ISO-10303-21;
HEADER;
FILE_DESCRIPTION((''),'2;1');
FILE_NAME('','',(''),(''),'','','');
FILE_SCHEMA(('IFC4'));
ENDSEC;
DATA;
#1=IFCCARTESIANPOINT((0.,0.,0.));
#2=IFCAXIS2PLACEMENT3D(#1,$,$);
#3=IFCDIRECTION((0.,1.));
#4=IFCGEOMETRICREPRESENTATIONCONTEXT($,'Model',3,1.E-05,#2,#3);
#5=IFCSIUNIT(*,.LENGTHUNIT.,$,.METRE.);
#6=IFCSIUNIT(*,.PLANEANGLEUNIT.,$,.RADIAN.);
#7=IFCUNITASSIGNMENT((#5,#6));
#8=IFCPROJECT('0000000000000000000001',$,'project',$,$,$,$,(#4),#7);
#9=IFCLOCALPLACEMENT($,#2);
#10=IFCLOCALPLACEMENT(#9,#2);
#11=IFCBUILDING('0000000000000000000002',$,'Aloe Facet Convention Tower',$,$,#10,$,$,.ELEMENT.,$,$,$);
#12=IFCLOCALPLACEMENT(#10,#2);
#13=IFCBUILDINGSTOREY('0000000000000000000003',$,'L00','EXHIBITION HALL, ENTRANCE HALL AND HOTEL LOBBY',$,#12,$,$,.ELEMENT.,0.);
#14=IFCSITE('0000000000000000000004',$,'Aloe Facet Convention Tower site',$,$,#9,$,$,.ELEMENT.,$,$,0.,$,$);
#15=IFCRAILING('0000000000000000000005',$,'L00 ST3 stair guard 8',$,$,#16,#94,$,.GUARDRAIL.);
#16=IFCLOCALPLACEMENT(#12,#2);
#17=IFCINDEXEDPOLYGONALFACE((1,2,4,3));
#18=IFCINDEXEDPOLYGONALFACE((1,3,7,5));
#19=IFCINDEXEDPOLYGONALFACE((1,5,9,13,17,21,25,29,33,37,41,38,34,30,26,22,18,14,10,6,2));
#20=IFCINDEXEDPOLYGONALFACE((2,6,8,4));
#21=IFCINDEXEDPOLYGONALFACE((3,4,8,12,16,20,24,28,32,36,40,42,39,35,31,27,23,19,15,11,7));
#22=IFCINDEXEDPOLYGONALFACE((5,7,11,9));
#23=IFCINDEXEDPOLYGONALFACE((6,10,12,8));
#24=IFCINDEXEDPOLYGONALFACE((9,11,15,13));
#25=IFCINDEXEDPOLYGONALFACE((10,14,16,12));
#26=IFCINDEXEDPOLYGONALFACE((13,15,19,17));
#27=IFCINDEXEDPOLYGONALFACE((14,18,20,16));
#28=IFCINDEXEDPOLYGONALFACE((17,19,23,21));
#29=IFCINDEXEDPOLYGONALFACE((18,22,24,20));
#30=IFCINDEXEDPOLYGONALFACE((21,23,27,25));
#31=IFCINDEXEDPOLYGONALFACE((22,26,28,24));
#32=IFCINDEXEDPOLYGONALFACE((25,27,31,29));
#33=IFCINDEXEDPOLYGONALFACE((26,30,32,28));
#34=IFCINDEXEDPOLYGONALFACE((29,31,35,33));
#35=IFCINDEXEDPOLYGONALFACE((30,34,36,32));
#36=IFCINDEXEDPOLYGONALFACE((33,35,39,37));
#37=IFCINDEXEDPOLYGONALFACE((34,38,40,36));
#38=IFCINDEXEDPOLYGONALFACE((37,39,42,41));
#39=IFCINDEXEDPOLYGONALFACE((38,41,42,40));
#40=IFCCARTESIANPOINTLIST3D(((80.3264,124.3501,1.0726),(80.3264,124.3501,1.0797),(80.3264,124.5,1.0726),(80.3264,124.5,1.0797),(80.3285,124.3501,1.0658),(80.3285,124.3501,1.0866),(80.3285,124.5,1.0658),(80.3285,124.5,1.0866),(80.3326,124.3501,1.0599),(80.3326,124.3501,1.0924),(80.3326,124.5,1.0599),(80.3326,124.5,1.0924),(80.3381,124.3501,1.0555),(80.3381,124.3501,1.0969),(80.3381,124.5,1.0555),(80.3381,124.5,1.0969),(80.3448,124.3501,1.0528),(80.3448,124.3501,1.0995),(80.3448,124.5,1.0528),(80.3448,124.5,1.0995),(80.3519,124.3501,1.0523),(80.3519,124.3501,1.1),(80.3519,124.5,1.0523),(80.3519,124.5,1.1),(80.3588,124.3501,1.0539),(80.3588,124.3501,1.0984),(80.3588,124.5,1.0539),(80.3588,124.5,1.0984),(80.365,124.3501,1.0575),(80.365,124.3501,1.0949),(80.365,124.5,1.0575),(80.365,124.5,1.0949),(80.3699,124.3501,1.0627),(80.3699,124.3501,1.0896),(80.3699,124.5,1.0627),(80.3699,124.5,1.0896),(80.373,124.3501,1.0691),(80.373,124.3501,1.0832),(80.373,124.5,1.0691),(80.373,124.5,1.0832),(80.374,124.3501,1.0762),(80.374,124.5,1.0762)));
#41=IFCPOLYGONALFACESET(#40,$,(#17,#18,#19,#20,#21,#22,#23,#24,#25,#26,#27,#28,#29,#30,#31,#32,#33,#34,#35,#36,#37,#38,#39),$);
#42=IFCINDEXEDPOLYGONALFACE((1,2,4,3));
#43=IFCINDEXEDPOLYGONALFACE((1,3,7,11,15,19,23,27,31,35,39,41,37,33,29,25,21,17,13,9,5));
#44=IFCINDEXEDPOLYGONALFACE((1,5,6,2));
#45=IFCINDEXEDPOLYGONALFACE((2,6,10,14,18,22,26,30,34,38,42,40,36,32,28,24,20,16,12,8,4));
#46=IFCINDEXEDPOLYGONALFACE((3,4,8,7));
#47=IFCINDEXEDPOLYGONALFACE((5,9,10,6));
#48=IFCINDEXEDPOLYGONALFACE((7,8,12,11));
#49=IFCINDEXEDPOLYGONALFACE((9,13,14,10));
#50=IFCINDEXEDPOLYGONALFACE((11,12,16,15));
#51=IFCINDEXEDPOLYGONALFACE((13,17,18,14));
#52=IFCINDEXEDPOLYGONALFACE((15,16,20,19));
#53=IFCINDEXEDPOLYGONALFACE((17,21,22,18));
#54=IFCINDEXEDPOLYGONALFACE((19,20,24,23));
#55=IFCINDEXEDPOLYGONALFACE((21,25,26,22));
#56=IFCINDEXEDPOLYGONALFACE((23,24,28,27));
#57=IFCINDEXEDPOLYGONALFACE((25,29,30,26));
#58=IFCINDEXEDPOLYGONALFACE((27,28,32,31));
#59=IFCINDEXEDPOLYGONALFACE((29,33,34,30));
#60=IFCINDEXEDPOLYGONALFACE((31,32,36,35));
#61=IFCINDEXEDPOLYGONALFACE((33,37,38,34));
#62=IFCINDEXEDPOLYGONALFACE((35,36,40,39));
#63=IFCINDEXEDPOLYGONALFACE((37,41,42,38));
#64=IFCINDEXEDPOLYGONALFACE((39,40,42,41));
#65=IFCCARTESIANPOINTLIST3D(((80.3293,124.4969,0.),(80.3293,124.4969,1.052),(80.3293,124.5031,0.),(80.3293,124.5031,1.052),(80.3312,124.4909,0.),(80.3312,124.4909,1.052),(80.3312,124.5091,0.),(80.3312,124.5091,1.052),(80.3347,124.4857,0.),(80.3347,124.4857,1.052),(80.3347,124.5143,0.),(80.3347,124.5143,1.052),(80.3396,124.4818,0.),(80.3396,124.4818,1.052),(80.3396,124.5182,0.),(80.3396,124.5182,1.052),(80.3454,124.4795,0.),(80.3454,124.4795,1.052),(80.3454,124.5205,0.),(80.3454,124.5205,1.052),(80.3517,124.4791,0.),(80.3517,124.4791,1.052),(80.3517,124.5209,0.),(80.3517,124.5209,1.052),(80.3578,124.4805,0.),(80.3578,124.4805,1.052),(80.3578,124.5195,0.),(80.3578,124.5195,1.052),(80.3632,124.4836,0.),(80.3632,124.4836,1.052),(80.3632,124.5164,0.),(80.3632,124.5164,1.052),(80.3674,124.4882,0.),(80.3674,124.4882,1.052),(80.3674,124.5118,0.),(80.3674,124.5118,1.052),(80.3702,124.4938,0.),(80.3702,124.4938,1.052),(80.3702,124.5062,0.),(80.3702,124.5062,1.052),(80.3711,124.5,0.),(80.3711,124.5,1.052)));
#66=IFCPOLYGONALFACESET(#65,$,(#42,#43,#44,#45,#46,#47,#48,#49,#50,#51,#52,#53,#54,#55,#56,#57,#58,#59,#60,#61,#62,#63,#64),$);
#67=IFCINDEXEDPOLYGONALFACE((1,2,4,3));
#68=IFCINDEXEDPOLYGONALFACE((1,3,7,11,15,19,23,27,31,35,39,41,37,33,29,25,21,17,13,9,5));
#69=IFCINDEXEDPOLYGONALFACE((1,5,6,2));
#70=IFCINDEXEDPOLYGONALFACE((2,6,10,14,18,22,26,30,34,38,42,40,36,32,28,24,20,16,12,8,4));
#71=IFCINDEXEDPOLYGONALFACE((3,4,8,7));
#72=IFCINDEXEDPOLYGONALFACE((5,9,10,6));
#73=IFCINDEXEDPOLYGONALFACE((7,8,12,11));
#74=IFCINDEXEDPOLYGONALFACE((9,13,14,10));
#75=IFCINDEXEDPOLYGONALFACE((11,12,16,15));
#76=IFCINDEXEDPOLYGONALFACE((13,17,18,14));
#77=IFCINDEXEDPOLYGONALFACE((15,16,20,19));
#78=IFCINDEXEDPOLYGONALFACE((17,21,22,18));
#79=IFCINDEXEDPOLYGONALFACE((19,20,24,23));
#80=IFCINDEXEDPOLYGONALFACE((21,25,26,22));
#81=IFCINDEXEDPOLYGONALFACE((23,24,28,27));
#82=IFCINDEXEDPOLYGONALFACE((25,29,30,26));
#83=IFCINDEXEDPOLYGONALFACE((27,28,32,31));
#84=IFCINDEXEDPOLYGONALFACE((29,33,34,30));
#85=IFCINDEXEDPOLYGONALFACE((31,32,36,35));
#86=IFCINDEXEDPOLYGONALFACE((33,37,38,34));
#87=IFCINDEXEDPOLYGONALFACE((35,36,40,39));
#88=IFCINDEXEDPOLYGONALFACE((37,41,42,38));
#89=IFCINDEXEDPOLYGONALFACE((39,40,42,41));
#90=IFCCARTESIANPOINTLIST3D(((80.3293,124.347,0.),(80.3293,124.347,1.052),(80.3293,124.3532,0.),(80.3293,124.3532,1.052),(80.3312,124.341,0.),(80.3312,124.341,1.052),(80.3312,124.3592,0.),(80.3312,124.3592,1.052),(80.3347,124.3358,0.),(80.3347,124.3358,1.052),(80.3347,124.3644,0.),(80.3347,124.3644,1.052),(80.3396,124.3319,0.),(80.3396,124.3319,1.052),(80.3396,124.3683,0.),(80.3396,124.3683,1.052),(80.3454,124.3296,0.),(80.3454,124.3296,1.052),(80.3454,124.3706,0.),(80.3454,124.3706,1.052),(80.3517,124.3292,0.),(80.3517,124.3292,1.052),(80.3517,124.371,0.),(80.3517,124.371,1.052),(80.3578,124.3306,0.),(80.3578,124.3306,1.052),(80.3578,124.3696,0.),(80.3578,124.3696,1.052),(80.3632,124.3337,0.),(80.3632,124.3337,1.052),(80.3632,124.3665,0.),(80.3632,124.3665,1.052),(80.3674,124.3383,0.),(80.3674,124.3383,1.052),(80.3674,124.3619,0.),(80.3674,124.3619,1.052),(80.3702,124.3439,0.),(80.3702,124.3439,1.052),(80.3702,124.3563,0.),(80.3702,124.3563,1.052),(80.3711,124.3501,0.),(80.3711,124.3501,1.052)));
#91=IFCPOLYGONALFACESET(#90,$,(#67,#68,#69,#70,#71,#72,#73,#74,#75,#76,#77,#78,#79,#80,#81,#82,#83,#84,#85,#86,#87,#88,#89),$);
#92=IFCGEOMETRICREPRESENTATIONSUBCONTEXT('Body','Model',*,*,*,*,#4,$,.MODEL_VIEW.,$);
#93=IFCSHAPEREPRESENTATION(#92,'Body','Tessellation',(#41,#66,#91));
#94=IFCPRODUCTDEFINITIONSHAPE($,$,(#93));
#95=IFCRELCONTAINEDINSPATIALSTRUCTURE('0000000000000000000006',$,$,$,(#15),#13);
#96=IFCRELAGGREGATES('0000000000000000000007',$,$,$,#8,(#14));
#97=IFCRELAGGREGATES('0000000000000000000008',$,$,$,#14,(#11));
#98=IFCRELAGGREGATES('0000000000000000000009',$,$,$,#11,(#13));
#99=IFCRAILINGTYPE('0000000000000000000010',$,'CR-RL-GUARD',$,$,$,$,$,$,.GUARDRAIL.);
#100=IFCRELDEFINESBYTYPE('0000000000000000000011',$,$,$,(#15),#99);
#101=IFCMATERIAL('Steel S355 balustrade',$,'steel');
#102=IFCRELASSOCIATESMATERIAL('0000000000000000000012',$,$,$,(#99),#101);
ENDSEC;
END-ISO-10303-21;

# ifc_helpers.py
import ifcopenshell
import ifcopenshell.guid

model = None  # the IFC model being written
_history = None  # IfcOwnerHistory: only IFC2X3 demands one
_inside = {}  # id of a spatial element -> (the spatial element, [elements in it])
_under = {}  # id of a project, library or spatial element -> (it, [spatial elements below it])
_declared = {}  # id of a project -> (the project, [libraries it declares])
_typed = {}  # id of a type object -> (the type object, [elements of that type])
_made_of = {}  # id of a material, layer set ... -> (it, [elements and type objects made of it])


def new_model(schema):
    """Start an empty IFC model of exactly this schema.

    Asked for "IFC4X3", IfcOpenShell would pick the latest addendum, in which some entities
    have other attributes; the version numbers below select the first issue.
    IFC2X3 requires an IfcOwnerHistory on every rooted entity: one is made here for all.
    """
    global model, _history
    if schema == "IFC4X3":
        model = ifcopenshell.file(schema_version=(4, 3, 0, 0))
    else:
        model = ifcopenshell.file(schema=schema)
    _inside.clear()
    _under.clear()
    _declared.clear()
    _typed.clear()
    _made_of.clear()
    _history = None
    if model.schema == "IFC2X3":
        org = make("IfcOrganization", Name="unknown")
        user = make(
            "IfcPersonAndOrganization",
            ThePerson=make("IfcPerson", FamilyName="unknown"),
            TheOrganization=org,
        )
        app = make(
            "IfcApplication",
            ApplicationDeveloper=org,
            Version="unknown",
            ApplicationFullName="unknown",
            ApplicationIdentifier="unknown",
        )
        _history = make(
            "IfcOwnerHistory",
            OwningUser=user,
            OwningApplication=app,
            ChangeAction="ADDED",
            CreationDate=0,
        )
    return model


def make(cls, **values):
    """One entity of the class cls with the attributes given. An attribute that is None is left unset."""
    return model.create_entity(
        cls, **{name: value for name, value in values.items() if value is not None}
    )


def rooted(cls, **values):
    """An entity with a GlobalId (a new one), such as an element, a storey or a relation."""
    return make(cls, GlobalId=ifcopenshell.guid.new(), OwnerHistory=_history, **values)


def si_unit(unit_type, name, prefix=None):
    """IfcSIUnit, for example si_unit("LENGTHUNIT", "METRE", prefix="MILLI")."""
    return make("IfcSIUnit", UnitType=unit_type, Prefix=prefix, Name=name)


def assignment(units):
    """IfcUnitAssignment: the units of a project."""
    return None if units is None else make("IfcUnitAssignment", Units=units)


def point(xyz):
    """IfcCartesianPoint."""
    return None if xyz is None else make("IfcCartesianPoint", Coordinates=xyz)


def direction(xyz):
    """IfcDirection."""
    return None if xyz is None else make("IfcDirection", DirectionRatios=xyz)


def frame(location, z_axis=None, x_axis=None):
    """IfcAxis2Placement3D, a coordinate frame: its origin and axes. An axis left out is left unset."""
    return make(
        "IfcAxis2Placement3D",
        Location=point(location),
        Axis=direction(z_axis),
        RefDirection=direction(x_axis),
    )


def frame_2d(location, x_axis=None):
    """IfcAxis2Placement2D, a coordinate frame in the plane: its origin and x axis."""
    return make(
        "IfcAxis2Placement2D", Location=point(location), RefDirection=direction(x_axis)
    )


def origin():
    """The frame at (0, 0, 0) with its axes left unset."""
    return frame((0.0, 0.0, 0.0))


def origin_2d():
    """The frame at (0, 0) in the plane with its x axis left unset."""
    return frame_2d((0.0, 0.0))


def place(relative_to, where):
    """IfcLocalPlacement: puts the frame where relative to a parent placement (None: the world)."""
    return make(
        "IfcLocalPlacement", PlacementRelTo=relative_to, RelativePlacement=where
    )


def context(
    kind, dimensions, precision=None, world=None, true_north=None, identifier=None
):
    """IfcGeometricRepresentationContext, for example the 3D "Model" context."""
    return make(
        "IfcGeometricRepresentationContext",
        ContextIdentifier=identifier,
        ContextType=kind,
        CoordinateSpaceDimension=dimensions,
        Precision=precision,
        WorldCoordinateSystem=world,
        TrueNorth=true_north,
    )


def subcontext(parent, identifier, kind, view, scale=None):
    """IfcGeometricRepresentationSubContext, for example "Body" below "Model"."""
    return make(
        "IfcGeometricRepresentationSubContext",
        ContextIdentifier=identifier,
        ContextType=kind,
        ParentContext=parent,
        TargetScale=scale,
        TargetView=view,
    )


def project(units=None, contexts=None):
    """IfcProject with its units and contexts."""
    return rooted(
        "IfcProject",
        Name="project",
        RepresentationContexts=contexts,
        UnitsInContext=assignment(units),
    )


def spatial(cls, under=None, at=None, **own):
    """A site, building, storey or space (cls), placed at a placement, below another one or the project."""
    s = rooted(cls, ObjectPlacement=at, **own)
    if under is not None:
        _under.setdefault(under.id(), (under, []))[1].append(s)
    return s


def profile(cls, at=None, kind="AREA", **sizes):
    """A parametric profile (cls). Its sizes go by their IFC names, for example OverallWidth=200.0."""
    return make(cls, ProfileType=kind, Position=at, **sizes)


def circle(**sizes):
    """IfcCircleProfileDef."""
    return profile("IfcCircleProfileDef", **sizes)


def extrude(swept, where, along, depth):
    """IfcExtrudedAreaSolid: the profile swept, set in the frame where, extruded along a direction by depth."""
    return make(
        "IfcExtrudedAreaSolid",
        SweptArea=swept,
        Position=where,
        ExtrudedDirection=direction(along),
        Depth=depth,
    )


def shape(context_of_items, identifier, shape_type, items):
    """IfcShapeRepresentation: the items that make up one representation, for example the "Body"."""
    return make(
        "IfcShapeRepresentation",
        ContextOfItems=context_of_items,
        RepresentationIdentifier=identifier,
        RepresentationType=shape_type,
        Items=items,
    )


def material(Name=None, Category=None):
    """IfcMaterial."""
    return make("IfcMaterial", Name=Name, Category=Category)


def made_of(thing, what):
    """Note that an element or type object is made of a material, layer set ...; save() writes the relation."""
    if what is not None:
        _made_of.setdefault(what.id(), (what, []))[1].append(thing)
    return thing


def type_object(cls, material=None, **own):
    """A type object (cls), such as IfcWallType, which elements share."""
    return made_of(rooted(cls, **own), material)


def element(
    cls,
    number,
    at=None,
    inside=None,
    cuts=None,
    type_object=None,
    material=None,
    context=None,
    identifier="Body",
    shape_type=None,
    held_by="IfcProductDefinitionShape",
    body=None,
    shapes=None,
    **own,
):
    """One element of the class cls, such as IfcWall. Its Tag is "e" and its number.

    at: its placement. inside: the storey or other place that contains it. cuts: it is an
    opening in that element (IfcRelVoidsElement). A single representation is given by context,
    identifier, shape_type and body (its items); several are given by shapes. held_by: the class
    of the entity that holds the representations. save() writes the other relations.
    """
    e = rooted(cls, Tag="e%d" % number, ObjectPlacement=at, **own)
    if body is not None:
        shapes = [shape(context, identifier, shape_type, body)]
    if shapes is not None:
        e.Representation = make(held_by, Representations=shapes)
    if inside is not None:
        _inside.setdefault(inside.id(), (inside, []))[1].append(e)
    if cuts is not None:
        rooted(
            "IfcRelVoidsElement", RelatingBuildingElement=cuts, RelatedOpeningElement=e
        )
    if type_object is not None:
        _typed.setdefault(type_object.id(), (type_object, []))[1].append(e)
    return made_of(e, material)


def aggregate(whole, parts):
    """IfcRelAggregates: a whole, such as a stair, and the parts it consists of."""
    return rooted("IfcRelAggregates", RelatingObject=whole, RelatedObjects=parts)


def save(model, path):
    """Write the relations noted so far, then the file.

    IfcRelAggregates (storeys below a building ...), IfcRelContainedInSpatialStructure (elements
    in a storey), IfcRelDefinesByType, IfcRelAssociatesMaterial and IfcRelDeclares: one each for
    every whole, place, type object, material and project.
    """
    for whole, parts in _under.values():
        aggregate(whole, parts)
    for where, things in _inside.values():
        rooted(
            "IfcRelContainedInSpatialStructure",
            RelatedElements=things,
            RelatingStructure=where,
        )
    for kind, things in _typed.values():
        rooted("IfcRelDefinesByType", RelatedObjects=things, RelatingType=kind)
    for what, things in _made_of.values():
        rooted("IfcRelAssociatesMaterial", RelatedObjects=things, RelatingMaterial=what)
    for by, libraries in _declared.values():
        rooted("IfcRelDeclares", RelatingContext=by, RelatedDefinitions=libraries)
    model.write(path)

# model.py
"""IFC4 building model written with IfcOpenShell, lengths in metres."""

from ifc_helpers import new_model, si_unit, direction, frame, origin, origin_2d, place, context, subcontext, project, spatial, circle, extrude, material, type_object, element, save


model = new_model("IFC4")

# Units and contexts
model_context = context("Model", 3, precision=1e-05, world=origin(), true_north=direction((0.0, 1.0)))
body_context = subcontext(model_context, "Body", "Model", "MODEL_VIEW")
ifc_project = project(units=[si_unit("LENGTHUNIT", "METRE"), si_unit("PLANEANGLEUNIT", "RADIAN")], contexts=[model_context])

# Site, building, storey
site_placement = place(None, origin())
site = spatial("IfcSite", under=ifc_project, at=site_placement, Name="Aloe Facet Convention Tower site", CompositionType="ELEMENT", RefElevation=0.0)
building_placement = place(site_placement, origin())
building = spatial("IfcBuilding", under=site, at=building_placement, Name="Aloe Facet Convention Tower", CompositionType="ELEMENT")
storey_placement = place(building_placement, origin())
storey = spatial("IfcBuildingStorey", under=building, at=storey_placement, Name="L00", Description="EXHIBITION HALL, ENTRANCE HALL AND HOTEL LOBBY", CompositionType="ELEMENT", Elevation=0.0)

# Railing
ifc_material_1 = material(Name="Steel S355 balustrade", Category="steel")
railing_type_1 = type_object("IfcRailingType", Name="CR-RL-GUARD", PredefinedType="GUARDRAIL", material=ifc_material_1)
railing_1_placement = place(storey_placement, frame((80.3501, 124.5, 0.0)))
element("IfcRailing", 1, at=railing_1_placement, inside=storey, type_object=railing_type_1, Name="L00 ST3 stair guard 8", PredefinedType="GUARDRAIL", context=body_context, shape_type="SweptSolid", body=[
    extrude(circle(Radius=0.0239, at=origin_2d()), frame((0.0, 0.0, 1.0762), z_axis=(0.0, -1.0, 0.0), x_axis=(1.0, 0.0, 0.0)), (0.0, 0.0, 1.0), 0.1499),
    extrude(circle(Radius=0.021, at=origin_2d()), origin(), (0.0, 0.0, 1.0), 1.052),
    extrude(circle(Radius=0.021, at=origin_2d()), frame((0.0, -0.1499, 0.0)), (0.0, 0.0, 1.0), 1.052),
])

save(model, "model.ifc")
